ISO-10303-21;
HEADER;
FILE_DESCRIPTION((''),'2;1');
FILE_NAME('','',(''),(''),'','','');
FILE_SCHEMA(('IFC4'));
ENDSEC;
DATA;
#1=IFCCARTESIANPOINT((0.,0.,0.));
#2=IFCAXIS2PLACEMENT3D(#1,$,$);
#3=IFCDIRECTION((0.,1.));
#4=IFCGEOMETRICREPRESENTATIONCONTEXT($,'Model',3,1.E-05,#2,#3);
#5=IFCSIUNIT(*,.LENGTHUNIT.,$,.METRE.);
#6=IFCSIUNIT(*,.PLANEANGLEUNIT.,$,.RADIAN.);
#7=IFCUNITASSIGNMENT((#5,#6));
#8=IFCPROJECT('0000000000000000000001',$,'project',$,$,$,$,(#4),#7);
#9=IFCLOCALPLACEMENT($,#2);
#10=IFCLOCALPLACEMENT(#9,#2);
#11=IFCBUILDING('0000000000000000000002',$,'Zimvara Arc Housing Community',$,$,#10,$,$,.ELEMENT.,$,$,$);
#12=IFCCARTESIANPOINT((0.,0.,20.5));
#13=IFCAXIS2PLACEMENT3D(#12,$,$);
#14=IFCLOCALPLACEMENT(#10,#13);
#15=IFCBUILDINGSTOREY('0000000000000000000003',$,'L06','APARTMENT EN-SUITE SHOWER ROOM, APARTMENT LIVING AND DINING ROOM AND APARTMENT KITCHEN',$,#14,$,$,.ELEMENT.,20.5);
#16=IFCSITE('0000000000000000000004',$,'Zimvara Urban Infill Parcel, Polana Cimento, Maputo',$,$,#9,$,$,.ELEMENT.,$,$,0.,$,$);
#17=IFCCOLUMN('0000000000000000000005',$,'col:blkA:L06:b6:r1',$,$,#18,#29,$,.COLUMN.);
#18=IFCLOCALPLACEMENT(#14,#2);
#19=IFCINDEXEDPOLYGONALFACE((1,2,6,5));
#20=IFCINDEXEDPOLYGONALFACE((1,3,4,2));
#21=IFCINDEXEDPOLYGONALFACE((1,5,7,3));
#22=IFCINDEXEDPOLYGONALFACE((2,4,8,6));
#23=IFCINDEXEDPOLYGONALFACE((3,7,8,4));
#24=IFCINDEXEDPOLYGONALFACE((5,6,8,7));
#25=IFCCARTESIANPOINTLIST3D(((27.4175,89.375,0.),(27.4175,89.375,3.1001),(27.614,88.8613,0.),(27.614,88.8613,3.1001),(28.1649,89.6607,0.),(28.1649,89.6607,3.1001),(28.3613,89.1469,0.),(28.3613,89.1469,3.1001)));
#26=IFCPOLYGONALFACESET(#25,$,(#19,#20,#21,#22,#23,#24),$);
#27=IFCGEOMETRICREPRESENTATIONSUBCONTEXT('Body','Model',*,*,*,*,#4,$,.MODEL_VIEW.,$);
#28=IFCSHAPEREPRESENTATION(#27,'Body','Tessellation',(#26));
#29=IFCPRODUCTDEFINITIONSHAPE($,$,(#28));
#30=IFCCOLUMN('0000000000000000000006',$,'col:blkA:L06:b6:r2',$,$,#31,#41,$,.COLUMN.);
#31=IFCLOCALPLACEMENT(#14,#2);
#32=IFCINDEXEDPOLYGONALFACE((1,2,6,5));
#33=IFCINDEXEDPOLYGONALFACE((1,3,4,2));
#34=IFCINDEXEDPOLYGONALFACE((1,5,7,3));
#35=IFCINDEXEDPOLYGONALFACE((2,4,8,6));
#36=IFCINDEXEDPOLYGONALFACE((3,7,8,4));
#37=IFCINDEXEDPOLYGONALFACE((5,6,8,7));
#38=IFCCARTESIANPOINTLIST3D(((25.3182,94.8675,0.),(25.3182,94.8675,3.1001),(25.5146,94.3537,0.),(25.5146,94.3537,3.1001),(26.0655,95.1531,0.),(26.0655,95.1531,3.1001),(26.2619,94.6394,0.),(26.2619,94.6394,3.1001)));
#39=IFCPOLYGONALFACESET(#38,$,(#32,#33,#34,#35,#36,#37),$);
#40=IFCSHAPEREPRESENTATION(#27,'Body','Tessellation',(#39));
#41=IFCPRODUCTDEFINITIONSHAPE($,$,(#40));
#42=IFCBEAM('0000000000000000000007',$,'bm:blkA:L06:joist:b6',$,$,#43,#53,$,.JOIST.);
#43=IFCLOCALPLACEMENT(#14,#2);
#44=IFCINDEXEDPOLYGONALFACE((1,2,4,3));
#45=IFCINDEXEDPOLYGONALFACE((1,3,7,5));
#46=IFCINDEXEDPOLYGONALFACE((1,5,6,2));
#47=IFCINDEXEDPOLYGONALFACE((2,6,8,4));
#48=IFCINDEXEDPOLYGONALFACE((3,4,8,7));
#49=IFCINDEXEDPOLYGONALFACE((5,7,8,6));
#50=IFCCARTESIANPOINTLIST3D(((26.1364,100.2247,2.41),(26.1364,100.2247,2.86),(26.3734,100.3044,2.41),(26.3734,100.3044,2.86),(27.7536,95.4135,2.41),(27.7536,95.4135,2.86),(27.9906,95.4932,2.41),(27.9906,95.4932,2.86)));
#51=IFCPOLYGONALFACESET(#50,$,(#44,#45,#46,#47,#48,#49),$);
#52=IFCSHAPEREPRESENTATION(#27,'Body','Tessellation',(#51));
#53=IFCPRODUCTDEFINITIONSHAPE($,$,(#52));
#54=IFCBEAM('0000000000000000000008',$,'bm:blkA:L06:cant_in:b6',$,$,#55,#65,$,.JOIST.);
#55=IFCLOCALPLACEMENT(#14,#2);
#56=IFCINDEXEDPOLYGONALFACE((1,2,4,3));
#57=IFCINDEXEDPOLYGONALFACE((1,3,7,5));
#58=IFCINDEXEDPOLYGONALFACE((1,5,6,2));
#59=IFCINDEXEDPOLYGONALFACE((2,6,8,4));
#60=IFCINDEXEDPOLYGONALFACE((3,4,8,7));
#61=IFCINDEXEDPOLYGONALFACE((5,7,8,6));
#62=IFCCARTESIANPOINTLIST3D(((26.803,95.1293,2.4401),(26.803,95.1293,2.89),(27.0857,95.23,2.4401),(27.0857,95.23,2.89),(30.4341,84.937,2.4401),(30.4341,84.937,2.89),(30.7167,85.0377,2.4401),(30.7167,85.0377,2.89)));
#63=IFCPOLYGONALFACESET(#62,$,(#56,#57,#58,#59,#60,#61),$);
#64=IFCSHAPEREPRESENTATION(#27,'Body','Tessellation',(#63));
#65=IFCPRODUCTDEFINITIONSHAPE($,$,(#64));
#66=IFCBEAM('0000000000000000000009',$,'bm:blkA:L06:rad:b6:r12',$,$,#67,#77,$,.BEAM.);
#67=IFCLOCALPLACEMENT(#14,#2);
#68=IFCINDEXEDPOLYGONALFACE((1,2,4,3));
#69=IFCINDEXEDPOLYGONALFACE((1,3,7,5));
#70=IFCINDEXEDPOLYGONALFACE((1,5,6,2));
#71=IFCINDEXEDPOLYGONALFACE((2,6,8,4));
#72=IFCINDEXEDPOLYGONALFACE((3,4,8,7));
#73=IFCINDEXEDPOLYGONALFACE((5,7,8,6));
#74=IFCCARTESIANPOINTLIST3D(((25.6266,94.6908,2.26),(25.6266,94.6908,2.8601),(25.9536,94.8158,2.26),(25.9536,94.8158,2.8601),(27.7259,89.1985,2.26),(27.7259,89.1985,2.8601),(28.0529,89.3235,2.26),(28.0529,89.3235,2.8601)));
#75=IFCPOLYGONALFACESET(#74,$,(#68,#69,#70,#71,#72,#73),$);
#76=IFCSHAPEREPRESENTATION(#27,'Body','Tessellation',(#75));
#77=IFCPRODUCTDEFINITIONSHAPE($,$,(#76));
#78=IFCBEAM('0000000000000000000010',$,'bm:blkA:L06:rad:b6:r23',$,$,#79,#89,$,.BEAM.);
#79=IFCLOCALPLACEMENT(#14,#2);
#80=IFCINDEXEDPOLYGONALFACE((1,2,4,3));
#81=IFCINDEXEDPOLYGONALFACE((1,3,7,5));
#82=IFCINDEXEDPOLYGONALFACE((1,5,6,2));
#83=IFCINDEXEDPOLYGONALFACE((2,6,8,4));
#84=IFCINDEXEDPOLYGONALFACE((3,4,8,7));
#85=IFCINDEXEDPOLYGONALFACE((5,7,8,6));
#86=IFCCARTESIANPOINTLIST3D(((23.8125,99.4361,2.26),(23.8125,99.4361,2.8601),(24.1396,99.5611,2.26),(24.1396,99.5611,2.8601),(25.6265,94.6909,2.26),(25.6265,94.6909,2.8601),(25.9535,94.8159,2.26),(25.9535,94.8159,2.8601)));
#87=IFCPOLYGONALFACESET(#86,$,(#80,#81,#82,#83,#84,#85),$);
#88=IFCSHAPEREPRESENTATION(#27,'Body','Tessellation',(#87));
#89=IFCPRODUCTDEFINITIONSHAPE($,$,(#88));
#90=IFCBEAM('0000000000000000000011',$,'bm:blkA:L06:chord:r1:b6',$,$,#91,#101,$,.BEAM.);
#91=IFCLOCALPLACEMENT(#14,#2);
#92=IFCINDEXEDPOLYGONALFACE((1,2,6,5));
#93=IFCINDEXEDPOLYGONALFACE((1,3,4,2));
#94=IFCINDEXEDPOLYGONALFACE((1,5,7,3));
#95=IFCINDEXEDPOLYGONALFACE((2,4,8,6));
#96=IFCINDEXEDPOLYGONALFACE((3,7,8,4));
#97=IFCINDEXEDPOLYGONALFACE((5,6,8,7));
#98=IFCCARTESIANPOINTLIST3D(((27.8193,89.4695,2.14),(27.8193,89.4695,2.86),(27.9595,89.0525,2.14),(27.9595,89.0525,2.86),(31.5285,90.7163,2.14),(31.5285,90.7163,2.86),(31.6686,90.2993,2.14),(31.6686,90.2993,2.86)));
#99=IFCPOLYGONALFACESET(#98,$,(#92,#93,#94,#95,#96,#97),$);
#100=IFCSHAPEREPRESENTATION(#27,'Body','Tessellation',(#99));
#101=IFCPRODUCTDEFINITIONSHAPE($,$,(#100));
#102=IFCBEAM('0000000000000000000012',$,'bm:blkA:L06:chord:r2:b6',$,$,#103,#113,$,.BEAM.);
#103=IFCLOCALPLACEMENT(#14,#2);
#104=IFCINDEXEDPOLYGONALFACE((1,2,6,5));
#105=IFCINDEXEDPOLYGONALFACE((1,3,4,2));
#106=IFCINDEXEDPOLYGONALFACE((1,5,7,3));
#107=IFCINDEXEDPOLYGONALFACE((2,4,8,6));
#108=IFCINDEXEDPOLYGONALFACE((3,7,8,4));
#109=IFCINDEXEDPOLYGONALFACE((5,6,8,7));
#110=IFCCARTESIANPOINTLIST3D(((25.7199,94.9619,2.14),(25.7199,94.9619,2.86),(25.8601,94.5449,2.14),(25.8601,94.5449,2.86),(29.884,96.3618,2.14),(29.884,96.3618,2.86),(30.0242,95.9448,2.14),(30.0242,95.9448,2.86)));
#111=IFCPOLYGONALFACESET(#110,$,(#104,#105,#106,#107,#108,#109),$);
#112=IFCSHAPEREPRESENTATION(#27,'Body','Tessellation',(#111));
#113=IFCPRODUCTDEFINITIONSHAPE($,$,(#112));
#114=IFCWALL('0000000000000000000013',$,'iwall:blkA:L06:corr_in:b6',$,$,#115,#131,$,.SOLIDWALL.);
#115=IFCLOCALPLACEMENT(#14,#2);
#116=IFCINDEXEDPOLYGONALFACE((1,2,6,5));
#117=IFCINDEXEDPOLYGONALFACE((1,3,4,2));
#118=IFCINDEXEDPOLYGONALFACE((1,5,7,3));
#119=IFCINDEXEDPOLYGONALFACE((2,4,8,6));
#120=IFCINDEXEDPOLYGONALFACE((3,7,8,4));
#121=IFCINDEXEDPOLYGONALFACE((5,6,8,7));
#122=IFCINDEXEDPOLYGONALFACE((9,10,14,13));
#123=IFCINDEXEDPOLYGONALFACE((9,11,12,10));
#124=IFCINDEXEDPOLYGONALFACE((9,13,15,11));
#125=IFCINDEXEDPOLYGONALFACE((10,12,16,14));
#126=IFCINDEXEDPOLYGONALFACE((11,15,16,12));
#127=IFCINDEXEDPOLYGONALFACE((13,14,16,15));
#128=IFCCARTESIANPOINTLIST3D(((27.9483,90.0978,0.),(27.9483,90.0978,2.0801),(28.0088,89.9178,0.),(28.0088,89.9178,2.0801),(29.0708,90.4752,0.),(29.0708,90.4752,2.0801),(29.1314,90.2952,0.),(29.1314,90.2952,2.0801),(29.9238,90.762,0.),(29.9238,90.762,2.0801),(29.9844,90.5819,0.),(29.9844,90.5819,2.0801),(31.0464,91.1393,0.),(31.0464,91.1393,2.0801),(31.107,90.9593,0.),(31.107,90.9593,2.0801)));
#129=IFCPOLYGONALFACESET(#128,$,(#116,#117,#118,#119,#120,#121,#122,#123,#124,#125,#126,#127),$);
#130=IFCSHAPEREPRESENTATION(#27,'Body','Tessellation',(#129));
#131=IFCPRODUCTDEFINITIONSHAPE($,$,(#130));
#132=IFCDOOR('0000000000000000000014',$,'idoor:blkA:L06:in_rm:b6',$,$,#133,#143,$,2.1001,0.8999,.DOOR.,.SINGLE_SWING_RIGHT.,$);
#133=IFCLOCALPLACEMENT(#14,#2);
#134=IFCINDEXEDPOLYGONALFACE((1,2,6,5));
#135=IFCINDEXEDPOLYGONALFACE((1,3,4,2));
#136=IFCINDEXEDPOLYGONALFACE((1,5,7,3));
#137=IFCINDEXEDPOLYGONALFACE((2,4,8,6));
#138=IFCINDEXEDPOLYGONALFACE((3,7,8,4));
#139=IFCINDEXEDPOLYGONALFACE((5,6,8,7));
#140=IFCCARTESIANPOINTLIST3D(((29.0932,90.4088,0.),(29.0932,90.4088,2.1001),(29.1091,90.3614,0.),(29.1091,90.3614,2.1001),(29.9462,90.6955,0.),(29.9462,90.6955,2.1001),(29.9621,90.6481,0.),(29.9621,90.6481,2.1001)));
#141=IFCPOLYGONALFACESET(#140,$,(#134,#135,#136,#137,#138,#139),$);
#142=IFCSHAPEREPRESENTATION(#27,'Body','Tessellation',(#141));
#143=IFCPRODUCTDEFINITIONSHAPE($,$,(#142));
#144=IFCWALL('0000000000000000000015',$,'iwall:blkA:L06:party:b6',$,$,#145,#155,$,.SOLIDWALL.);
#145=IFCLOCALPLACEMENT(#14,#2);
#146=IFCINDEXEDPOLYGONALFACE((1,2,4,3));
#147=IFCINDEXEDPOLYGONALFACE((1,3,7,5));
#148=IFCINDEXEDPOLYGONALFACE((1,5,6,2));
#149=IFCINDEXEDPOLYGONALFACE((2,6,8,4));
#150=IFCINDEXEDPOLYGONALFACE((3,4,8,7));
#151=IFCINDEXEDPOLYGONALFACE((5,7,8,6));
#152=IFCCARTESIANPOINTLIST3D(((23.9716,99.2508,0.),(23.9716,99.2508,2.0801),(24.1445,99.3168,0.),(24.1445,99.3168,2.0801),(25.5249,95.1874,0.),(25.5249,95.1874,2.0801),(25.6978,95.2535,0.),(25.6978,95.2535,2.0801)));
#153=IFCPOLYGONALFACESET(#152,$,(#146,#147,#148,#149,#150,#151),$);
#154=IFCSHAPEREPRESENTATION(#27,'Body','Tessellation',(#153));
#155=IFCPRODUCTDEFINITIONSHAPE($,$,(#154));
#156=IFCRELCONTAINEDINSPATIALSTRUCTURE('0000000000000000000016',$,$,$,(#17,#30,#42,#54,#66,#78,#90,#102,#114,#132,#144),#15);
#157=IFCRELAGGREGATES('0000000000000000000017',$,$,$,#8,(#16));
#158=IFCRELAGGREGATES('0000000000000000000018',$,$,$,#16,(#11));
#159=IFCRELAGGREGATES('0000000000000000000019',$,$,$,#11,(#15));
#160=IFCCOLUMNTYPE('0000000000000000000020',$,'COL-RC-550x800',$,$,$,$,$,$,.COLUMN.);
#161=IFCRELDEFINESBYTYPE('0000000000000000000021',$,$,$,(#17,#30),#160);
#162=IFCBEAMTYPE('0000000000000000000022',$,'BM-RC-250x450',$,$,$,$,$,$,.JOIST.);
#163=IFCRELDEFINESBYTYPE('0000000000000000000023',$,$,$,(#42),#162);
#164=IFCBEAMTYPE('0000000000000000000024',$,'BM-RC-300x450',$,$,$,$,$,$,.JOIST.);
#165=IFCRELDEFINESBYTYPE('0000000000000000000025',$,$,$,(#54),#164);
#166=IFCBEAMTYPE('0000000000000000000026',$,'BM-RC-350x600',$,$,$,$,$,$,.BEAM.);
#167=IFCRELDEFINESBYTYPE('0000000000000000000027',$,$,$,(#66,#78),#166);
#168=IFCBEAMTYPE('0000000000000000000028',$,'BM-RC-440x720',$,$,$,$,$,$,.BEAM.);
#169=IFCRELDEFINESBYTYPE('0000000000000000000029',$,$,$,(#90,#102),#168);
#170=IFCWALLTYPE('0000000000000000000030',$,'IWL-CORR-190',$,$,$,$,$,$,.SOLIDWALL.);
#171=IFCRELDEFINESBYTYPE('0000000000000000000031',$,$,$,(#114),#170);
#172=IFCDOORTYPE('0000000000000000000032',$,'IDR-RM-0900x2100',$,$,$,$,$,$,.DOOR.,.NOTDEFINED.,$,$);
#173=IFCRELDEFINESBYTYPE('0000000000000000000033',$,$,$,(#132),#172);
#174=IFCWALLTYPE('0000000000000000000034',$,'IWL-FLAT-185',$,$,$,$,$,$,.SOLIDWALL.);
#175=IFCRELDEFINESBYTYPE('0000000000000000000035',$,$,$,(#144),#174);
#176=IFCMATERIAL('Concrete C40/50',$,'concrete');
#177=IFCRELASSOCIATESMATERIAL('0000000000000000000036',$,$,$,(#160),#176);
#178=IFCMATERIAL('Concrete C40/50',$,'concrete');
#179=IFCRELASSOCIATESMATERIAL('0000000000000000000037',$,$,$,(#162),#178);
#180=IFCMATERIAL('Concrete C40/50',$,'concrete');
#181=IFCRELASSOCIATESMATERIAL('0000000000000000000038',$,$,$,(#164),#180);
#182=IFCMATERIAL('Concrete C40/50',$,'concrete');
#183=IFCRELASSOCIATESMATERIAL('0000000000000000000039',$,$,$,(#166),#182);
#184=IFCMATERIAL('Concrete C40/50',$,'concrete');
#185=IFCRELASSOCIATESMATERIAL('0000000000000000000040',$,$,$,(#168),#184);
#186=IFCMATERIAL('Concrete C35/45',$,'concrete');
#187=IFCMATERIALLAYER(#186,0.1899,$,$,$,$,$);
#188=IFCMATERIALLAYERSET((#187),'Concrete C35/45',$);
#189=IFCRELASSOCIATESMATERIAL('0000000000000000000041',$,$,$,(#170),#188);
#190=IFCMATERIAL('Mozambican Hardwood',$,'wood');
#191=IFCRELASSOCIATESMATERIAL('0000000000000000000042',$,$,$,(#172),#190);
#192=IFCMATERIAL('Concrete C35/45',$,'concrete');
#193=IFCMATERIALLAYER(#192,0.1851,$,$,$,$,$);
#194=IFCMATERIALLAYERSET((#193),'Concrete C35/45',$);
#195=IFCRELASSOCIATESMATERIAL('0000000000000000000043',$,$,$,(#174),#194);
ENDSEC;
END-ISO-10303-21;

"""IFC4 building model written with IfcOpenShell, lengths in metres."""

from ifc_helpers import new_model, si_unit, direction, frame, frame_2d, origin, origin_2d, place, context, subcontext, project, spatial, rectangle, extrude, material, layer, layer_set, material_profile, profile_set, type_object, element, fill, save


model = new_model("IFC4")

# Units and contexts
model_context = context("Model", 3, precision=1e-05, world=origin(), true_north=direction((0.0, 1.0)))
body_context = subcontext(model_context, "Body", "Model", "MODEL_VIEW")
ifc_project = project(units=[si_unit("LENGTHUNIT", "METRE"), si_unit("PLANEANGLEUNIT", "RADIAN")], contexts=[model_context])

# Site, building, storey
site_placement = place(None, origin())
site = spatial("IfcSite", under=ifc_project, at=site_placement, Name="Zimvara Urban Infill Parcel, Polana Cimento, Maputo", CompositionType="ELEMENT", RefElevation=0.0)
building_placement = place(site_placement, origin())
building = spatial("IfcBuilding", under=site, at=building_placement, Name="Zimvara Arc Housing Community", CompositionType="ELEMENT")
storey_placement = place(building_placement, frame((0.0, 0.0, 20.5)))
storey = spatial("IfcBuildingStorey", under=building, at=storey_placement, Name="L06", Description="APARTMENT EN-SUITE SHOWER ROOM, APARTMENT LIVING AND DINING ROOM AND APARTMENT KITCHEN", CompositionType="ELEMENT", Elevation=20.5)

# Columns
ifc_material_1 = material(Name="Concrete C40/50", Category="concrete")
ifc_material_profile_1 = material_profile(ifc_material_1, rectangle(XDim=0.55, YDim=0.8, at=origin_2d()), Name="RC 550x800")
ifc_profile_set_1 = profile_set([ifc_material_profile_1], Name="Concrete C40/50")
column_type = type_object("IfcColumnType", Name="COL-RC-550x800", PredefinedType="COLUMN", material=ifc_profile_set_1)
for number, where, z_axis, x_axis, name in (
    (1, (27.8894, 89.261, 0.0), (0.0, 0.0, 1.0), (-0.357064, 0.93408, 0.0), "col:blkA:L06:b6:r1"),
    (2, (25.79, 94.7534, 0.0), (0.0, 0.0, 1.0), (-0.357064, 0.93408, 0.0), "col:blkA:L06:b6:r2"),
):
    element("IfcColumn", number, at=place(storey_placement, frame(where, z_axis=z_axis, x_axis=x_axis)), inside=storey, type_object=column_type, Name=name, PredefinedType="COLUMN", context=body_context, shape_type="SweptSolid", body=[
        extrude(rectangle(XDim=0.55, YDim=0.8, at=origin_2d()), origin(), (0.0, 0.0, 1.0), 3.1001),
    ])

# Beams
ifc_material_2 = material(Name="Concrete C40/50", Category="concrete")
ifc_material_profile_2 = material_profile(ifc_material_2, rectangle(XDim=0.25, YDim=0.45, at=origin_2d()), Name="RC 250x450")
ifc_profile_set_2 = profile_set([ifc_material_profile_2], Name="Concrete C40/50")
beam_type_1 = type_object("IfcBeamType", Name="BM-RC-250x450", PredefinedType="JOIST", material=ifc_profile_set_2)
beam_1_placement = place(storey_placement, frame((27.8721, 95.4534, 2.635), z_axis=(-0.318608, 0.947887, 0.0), x_axis=(-0.947887, -0.318608, 0.0)))
element("IfcBeam", 3, at=beam_1_placement, inside=storey, type_object=beam_type_1, Name="bm:blkA:L06:joist:b6", PredefinedType="JOIST", context=body_context, shape_type="SweptSolid", body=[
    extrude(rectangle(XDim=0.25, YDim=0.45, at=origin_2d()), origin(), (0.0, 0.0, 1.0), 5.0757),
])
ifc_material_3 = material(Name="Concrete C40/50", Category="concrete")
ifc_material_profile_3 = material_profile(ifc_material_3, rectangle(XDim=0.3, YDim=0.45, at=origin_2d()), Name="RC 300x450")
ifc_profile_set_3 = profile_set([ifc_material_profile_3], Name="Concrete C40/50")
beam_type_2 = type_object("IfcBeamType", Name="BM-RC-300x450", PredefinedType="JOIST", material=ifc_profile_set_3)
beam_2_placement = place(storey_placement, frame((26.9443, 95.1797, 2.665), z_axis=(0.335596, -0.942006, 0.0), x_axis=(0.942006, 0.335596, 0.0)))
element("IfcBeam", 4, at=beam_2_placement, inside=storey, type_object=beam_type_2, Name="bm:blkA:L06:cant_in:b6", PredefinedType="JOIST", context=body_context, shape_type="SweptSolid", body=[
    extrude(rectangle(XDim=0.3, YDim=0.45, at=origin_2d()), origin(), (0.0, 0.0, 1.0), 10.8198),
])
ifc_material_4 = material(Name="Concrete C40/50", Category="concrete")
ifc_material_profile_4 = material_profile(ifc_material_4, rectangle(XDim=0.3501, YDim=0.6001, at=origin_2d()), Name="RC 350x600")
ifc_profile_set_4 = profile_set([ifc_material_profile_4], Name="Concrete C40/50")
beam_type_3 = type_object("IfcBeamType", Name="BM-RC-350x600", PredefinedType="BEAM", material=ifc_profile_set_4)
beam_3_placement = place(storey_placement, frame((27.8894, 89.261, 2.5601), z_axis=(-0.357036, 0.934091, 0.0), x_axis=(-0.934091, -0.357036, 0.0)))
element("IfcBeam", 5, at=beam_3_placement, inside=storey, type_object=beam_type_3, Name="bm:blkA:L06:rad:b6:r12", PredefinedType="BEAM", context=body_context, shape_type="SweptSolid", body=[
    extrude(rectangle(XDim=0.3501, YDim=0.6001, at=origin_2d()), origin(), (0.0, 0.0, 1.0), 5.8799),
])
beam_4_placement = place(storey_placement, frame((25.79, 94.7534, 2.5601), z_axis=(-0.357078, 0.934074, 0.0), x_axis=(-0.934074, -0.357078, 0.0)))
element("IfcBeam", 6, at=beam_4_placement, inside=storey, type_object=beam_type_3, Name="bm:blkA:L06:rad:b6:r23", PredefinedType="BEAM", context=body_context, shape_type="SweptSolid", body=[
    extrude(rectangle(XDim=0.3501, YDim=0.6001, at=origin_2d()), origin(), (0.0, 0.0, 1.0), 5.0801),
])
ifc_material_5 = material(Name="Concrete C40/50", Category="concrete")
ifc_material_profile_5 = material_profile(ifc_material_5, rectangle(XDim=0.4399, YDim=0.72, at=origin_2d()), Name="RC 440x720")
ifc_profile_set_5 = profile_set([ifc_material_profile_5], Name="Concrete C40/50")
beam_type_4 = type_object("IfcBeamType", Name="BM-RC-440x720", PredefinedType="BEAM", material=ifc_profile_set_5)
beam_5_placement = place(storey_placement, frame((27.8894, 89.261, 2.5), z_axis=(0.947882, 0.318623, 0.0), x_axis=(-0.318623, 0.947882, 0.0)))
element("IfcBeam", 7, at=beam_5_placement, inside=storey, type_object=beam_type_4, Name="bm:blkA:L06:chord:r1:b6", PredefinedType="BEAM", context=body_context, shape_type="SweptSolid", body=[
    extrude(rectangle(XDim=0.4399, YDim=0.72, at=origin_2d()), origin(), (0.0, 0.0, 1.0), 3.9131),
])
beam_6_placement = place(storey_placement, frame((25.79, 94.7534, 2.5), z_axis=(0.947869, 0.318661, 0.0), x_axis=(-0.318661, 0.947869, 0.0)))
element("IfcBeam", 8, at=beam_6_placement, inside=storey, type_object=beam_type_4, Name="bm:blkA:L06:chord:r2:b6", PredefinedType="BEAM", context=body_context, shape_type="SweptSolid", body=[
    extrude(rectangle(XDim=0.4399, YDim=0.72, at=origin_2d()), origin(), (0.0, 0.0, 1.0), 4.3931),
])

# Wall, opening, door
ifc_material_6 = material(Name="Concrete C35/45", Category="concrete")
ifc_layer_1 = layer(ifc_material_6, 0.1899)
ifc_layer_set_1 = layer_set([ifc_layer_1], Name="Concrete C35/45")
wall_type_1 = type_object("IfcWallType", Name="IWL-CORR-190", PredefinedType="SOLIDWALL", material=ifc_layer_set_1)
wall_1_placement = place(storey_placement, frame((27.9785, 90.0078, 0.0), z_axis=(0.0, 0.0, 1.0), x_axis=(0.947874, 0.318647, 0.0)))
wall_1 = element("IfcWall", 9, at=wall_1_placement, inside=storey, type_object=wall_type_1, Name="iwall:blkA:L06:corr_in:b6", PredefinedType="SOLIDWALL", context=body_context, shape_type="SweptSolid", body=[
    extrude(rectangle(XDim=3.2686, YDim=0.1899, at=frame_2d((1.6343, 0.0))), origin(), (0.0, 0.0, 1.0), 2.0801),
])
opening_1_placement = place(wall_1_placement, frame((1.1843, 0.0, 0.0)))
opening_1 = element("IfcOpeningElement", 10, at=opening_1_placement, cuts=wall_1, PredefinedType="OPENING", context=body_context, shape_type="SweptSolid", body=[
    extrude(rectangle(XDim=0.8999, YDim=2.1001, at=frame_2d((0.45, 1.05))), frame((0.0, 0.105, 0.0), z_axis=(0.0, -1.0, 0.0), x_axis=(1.0, 0.0, 0.0)), (0.0, 0.0, 1.0), 0.21),
])
ifc_material_7 = material(Name="Mozambican Hardwood", Category="wood")
door_type_1 = type_object("IfcDoorType", Name="IDR-RM-0900x2100", OperationType="NOTDEFINED", PredefinedType="DOOR", material=ifc_material_7)
door_1_placement = place(opening_1_placement, origin())
door_1 = element("IfcDoor", 11, at=door_1_placement, inside=storey, type_object=door_type_1, Name="idoor:blkA:L06:in_rm:b6", OperationType="SINGLE_SWING_RIGHT", OverallHeight=2.1001, OverallWidth=0.8999, PredefinedType="DOOR", context=body_context, shape_type="SweptSolid", body=[
    extrude(rectangle(XDim=0.8999, YDim=2.1001, at=frame_2d((0.45, 1.05))), frame((0.0, 0.0249, 0.0), z_axis=(0.0, -1.0, 0.0), x_axis=(1.0, 0.0, 0.0)), (0.0, 0.0, 1.0), 0.05),
])
fill(opening_1, door_1)

# Wall
ifc_material_8 = material(Name="Concrete C35/45", Category="concrete")
ifc_layer_2 = layer(ifc_material_8, 0.1851)
ifc_layer_set_2 = layer_set([ifc_layer_2], Name="Concrete C35/45")
wall_type_2 = type_object("IfcWallType", Name="IWL-FLAT-185", PredefinedType="SOLIDWALL", material=ifc_layer_set_2)
wall_2_placement = place(storey_placement, frame((25.6113, 95.2205, 0.0), z_axis=(0.0, 0.0, 1.0), x_axis=(-0.357064, 0.93408, 0.0)))
element("IfcWall", 12, at=wall_2_placement, inside=storey, type_object=wall_type_2, Name="iwall:blkA:L06:party:b6", PredefinedType="SOLIDWALL", context=body_context, shape_type="SweptSolid", body=[
    extrude(rectangle(XDim=4.3501, YDim=0.1851, at=frame_2d((2.175, 0.0))), origin(), (0.0, 0.0, 1.0), 2.0801),
])

save(model, "model.ifc")
